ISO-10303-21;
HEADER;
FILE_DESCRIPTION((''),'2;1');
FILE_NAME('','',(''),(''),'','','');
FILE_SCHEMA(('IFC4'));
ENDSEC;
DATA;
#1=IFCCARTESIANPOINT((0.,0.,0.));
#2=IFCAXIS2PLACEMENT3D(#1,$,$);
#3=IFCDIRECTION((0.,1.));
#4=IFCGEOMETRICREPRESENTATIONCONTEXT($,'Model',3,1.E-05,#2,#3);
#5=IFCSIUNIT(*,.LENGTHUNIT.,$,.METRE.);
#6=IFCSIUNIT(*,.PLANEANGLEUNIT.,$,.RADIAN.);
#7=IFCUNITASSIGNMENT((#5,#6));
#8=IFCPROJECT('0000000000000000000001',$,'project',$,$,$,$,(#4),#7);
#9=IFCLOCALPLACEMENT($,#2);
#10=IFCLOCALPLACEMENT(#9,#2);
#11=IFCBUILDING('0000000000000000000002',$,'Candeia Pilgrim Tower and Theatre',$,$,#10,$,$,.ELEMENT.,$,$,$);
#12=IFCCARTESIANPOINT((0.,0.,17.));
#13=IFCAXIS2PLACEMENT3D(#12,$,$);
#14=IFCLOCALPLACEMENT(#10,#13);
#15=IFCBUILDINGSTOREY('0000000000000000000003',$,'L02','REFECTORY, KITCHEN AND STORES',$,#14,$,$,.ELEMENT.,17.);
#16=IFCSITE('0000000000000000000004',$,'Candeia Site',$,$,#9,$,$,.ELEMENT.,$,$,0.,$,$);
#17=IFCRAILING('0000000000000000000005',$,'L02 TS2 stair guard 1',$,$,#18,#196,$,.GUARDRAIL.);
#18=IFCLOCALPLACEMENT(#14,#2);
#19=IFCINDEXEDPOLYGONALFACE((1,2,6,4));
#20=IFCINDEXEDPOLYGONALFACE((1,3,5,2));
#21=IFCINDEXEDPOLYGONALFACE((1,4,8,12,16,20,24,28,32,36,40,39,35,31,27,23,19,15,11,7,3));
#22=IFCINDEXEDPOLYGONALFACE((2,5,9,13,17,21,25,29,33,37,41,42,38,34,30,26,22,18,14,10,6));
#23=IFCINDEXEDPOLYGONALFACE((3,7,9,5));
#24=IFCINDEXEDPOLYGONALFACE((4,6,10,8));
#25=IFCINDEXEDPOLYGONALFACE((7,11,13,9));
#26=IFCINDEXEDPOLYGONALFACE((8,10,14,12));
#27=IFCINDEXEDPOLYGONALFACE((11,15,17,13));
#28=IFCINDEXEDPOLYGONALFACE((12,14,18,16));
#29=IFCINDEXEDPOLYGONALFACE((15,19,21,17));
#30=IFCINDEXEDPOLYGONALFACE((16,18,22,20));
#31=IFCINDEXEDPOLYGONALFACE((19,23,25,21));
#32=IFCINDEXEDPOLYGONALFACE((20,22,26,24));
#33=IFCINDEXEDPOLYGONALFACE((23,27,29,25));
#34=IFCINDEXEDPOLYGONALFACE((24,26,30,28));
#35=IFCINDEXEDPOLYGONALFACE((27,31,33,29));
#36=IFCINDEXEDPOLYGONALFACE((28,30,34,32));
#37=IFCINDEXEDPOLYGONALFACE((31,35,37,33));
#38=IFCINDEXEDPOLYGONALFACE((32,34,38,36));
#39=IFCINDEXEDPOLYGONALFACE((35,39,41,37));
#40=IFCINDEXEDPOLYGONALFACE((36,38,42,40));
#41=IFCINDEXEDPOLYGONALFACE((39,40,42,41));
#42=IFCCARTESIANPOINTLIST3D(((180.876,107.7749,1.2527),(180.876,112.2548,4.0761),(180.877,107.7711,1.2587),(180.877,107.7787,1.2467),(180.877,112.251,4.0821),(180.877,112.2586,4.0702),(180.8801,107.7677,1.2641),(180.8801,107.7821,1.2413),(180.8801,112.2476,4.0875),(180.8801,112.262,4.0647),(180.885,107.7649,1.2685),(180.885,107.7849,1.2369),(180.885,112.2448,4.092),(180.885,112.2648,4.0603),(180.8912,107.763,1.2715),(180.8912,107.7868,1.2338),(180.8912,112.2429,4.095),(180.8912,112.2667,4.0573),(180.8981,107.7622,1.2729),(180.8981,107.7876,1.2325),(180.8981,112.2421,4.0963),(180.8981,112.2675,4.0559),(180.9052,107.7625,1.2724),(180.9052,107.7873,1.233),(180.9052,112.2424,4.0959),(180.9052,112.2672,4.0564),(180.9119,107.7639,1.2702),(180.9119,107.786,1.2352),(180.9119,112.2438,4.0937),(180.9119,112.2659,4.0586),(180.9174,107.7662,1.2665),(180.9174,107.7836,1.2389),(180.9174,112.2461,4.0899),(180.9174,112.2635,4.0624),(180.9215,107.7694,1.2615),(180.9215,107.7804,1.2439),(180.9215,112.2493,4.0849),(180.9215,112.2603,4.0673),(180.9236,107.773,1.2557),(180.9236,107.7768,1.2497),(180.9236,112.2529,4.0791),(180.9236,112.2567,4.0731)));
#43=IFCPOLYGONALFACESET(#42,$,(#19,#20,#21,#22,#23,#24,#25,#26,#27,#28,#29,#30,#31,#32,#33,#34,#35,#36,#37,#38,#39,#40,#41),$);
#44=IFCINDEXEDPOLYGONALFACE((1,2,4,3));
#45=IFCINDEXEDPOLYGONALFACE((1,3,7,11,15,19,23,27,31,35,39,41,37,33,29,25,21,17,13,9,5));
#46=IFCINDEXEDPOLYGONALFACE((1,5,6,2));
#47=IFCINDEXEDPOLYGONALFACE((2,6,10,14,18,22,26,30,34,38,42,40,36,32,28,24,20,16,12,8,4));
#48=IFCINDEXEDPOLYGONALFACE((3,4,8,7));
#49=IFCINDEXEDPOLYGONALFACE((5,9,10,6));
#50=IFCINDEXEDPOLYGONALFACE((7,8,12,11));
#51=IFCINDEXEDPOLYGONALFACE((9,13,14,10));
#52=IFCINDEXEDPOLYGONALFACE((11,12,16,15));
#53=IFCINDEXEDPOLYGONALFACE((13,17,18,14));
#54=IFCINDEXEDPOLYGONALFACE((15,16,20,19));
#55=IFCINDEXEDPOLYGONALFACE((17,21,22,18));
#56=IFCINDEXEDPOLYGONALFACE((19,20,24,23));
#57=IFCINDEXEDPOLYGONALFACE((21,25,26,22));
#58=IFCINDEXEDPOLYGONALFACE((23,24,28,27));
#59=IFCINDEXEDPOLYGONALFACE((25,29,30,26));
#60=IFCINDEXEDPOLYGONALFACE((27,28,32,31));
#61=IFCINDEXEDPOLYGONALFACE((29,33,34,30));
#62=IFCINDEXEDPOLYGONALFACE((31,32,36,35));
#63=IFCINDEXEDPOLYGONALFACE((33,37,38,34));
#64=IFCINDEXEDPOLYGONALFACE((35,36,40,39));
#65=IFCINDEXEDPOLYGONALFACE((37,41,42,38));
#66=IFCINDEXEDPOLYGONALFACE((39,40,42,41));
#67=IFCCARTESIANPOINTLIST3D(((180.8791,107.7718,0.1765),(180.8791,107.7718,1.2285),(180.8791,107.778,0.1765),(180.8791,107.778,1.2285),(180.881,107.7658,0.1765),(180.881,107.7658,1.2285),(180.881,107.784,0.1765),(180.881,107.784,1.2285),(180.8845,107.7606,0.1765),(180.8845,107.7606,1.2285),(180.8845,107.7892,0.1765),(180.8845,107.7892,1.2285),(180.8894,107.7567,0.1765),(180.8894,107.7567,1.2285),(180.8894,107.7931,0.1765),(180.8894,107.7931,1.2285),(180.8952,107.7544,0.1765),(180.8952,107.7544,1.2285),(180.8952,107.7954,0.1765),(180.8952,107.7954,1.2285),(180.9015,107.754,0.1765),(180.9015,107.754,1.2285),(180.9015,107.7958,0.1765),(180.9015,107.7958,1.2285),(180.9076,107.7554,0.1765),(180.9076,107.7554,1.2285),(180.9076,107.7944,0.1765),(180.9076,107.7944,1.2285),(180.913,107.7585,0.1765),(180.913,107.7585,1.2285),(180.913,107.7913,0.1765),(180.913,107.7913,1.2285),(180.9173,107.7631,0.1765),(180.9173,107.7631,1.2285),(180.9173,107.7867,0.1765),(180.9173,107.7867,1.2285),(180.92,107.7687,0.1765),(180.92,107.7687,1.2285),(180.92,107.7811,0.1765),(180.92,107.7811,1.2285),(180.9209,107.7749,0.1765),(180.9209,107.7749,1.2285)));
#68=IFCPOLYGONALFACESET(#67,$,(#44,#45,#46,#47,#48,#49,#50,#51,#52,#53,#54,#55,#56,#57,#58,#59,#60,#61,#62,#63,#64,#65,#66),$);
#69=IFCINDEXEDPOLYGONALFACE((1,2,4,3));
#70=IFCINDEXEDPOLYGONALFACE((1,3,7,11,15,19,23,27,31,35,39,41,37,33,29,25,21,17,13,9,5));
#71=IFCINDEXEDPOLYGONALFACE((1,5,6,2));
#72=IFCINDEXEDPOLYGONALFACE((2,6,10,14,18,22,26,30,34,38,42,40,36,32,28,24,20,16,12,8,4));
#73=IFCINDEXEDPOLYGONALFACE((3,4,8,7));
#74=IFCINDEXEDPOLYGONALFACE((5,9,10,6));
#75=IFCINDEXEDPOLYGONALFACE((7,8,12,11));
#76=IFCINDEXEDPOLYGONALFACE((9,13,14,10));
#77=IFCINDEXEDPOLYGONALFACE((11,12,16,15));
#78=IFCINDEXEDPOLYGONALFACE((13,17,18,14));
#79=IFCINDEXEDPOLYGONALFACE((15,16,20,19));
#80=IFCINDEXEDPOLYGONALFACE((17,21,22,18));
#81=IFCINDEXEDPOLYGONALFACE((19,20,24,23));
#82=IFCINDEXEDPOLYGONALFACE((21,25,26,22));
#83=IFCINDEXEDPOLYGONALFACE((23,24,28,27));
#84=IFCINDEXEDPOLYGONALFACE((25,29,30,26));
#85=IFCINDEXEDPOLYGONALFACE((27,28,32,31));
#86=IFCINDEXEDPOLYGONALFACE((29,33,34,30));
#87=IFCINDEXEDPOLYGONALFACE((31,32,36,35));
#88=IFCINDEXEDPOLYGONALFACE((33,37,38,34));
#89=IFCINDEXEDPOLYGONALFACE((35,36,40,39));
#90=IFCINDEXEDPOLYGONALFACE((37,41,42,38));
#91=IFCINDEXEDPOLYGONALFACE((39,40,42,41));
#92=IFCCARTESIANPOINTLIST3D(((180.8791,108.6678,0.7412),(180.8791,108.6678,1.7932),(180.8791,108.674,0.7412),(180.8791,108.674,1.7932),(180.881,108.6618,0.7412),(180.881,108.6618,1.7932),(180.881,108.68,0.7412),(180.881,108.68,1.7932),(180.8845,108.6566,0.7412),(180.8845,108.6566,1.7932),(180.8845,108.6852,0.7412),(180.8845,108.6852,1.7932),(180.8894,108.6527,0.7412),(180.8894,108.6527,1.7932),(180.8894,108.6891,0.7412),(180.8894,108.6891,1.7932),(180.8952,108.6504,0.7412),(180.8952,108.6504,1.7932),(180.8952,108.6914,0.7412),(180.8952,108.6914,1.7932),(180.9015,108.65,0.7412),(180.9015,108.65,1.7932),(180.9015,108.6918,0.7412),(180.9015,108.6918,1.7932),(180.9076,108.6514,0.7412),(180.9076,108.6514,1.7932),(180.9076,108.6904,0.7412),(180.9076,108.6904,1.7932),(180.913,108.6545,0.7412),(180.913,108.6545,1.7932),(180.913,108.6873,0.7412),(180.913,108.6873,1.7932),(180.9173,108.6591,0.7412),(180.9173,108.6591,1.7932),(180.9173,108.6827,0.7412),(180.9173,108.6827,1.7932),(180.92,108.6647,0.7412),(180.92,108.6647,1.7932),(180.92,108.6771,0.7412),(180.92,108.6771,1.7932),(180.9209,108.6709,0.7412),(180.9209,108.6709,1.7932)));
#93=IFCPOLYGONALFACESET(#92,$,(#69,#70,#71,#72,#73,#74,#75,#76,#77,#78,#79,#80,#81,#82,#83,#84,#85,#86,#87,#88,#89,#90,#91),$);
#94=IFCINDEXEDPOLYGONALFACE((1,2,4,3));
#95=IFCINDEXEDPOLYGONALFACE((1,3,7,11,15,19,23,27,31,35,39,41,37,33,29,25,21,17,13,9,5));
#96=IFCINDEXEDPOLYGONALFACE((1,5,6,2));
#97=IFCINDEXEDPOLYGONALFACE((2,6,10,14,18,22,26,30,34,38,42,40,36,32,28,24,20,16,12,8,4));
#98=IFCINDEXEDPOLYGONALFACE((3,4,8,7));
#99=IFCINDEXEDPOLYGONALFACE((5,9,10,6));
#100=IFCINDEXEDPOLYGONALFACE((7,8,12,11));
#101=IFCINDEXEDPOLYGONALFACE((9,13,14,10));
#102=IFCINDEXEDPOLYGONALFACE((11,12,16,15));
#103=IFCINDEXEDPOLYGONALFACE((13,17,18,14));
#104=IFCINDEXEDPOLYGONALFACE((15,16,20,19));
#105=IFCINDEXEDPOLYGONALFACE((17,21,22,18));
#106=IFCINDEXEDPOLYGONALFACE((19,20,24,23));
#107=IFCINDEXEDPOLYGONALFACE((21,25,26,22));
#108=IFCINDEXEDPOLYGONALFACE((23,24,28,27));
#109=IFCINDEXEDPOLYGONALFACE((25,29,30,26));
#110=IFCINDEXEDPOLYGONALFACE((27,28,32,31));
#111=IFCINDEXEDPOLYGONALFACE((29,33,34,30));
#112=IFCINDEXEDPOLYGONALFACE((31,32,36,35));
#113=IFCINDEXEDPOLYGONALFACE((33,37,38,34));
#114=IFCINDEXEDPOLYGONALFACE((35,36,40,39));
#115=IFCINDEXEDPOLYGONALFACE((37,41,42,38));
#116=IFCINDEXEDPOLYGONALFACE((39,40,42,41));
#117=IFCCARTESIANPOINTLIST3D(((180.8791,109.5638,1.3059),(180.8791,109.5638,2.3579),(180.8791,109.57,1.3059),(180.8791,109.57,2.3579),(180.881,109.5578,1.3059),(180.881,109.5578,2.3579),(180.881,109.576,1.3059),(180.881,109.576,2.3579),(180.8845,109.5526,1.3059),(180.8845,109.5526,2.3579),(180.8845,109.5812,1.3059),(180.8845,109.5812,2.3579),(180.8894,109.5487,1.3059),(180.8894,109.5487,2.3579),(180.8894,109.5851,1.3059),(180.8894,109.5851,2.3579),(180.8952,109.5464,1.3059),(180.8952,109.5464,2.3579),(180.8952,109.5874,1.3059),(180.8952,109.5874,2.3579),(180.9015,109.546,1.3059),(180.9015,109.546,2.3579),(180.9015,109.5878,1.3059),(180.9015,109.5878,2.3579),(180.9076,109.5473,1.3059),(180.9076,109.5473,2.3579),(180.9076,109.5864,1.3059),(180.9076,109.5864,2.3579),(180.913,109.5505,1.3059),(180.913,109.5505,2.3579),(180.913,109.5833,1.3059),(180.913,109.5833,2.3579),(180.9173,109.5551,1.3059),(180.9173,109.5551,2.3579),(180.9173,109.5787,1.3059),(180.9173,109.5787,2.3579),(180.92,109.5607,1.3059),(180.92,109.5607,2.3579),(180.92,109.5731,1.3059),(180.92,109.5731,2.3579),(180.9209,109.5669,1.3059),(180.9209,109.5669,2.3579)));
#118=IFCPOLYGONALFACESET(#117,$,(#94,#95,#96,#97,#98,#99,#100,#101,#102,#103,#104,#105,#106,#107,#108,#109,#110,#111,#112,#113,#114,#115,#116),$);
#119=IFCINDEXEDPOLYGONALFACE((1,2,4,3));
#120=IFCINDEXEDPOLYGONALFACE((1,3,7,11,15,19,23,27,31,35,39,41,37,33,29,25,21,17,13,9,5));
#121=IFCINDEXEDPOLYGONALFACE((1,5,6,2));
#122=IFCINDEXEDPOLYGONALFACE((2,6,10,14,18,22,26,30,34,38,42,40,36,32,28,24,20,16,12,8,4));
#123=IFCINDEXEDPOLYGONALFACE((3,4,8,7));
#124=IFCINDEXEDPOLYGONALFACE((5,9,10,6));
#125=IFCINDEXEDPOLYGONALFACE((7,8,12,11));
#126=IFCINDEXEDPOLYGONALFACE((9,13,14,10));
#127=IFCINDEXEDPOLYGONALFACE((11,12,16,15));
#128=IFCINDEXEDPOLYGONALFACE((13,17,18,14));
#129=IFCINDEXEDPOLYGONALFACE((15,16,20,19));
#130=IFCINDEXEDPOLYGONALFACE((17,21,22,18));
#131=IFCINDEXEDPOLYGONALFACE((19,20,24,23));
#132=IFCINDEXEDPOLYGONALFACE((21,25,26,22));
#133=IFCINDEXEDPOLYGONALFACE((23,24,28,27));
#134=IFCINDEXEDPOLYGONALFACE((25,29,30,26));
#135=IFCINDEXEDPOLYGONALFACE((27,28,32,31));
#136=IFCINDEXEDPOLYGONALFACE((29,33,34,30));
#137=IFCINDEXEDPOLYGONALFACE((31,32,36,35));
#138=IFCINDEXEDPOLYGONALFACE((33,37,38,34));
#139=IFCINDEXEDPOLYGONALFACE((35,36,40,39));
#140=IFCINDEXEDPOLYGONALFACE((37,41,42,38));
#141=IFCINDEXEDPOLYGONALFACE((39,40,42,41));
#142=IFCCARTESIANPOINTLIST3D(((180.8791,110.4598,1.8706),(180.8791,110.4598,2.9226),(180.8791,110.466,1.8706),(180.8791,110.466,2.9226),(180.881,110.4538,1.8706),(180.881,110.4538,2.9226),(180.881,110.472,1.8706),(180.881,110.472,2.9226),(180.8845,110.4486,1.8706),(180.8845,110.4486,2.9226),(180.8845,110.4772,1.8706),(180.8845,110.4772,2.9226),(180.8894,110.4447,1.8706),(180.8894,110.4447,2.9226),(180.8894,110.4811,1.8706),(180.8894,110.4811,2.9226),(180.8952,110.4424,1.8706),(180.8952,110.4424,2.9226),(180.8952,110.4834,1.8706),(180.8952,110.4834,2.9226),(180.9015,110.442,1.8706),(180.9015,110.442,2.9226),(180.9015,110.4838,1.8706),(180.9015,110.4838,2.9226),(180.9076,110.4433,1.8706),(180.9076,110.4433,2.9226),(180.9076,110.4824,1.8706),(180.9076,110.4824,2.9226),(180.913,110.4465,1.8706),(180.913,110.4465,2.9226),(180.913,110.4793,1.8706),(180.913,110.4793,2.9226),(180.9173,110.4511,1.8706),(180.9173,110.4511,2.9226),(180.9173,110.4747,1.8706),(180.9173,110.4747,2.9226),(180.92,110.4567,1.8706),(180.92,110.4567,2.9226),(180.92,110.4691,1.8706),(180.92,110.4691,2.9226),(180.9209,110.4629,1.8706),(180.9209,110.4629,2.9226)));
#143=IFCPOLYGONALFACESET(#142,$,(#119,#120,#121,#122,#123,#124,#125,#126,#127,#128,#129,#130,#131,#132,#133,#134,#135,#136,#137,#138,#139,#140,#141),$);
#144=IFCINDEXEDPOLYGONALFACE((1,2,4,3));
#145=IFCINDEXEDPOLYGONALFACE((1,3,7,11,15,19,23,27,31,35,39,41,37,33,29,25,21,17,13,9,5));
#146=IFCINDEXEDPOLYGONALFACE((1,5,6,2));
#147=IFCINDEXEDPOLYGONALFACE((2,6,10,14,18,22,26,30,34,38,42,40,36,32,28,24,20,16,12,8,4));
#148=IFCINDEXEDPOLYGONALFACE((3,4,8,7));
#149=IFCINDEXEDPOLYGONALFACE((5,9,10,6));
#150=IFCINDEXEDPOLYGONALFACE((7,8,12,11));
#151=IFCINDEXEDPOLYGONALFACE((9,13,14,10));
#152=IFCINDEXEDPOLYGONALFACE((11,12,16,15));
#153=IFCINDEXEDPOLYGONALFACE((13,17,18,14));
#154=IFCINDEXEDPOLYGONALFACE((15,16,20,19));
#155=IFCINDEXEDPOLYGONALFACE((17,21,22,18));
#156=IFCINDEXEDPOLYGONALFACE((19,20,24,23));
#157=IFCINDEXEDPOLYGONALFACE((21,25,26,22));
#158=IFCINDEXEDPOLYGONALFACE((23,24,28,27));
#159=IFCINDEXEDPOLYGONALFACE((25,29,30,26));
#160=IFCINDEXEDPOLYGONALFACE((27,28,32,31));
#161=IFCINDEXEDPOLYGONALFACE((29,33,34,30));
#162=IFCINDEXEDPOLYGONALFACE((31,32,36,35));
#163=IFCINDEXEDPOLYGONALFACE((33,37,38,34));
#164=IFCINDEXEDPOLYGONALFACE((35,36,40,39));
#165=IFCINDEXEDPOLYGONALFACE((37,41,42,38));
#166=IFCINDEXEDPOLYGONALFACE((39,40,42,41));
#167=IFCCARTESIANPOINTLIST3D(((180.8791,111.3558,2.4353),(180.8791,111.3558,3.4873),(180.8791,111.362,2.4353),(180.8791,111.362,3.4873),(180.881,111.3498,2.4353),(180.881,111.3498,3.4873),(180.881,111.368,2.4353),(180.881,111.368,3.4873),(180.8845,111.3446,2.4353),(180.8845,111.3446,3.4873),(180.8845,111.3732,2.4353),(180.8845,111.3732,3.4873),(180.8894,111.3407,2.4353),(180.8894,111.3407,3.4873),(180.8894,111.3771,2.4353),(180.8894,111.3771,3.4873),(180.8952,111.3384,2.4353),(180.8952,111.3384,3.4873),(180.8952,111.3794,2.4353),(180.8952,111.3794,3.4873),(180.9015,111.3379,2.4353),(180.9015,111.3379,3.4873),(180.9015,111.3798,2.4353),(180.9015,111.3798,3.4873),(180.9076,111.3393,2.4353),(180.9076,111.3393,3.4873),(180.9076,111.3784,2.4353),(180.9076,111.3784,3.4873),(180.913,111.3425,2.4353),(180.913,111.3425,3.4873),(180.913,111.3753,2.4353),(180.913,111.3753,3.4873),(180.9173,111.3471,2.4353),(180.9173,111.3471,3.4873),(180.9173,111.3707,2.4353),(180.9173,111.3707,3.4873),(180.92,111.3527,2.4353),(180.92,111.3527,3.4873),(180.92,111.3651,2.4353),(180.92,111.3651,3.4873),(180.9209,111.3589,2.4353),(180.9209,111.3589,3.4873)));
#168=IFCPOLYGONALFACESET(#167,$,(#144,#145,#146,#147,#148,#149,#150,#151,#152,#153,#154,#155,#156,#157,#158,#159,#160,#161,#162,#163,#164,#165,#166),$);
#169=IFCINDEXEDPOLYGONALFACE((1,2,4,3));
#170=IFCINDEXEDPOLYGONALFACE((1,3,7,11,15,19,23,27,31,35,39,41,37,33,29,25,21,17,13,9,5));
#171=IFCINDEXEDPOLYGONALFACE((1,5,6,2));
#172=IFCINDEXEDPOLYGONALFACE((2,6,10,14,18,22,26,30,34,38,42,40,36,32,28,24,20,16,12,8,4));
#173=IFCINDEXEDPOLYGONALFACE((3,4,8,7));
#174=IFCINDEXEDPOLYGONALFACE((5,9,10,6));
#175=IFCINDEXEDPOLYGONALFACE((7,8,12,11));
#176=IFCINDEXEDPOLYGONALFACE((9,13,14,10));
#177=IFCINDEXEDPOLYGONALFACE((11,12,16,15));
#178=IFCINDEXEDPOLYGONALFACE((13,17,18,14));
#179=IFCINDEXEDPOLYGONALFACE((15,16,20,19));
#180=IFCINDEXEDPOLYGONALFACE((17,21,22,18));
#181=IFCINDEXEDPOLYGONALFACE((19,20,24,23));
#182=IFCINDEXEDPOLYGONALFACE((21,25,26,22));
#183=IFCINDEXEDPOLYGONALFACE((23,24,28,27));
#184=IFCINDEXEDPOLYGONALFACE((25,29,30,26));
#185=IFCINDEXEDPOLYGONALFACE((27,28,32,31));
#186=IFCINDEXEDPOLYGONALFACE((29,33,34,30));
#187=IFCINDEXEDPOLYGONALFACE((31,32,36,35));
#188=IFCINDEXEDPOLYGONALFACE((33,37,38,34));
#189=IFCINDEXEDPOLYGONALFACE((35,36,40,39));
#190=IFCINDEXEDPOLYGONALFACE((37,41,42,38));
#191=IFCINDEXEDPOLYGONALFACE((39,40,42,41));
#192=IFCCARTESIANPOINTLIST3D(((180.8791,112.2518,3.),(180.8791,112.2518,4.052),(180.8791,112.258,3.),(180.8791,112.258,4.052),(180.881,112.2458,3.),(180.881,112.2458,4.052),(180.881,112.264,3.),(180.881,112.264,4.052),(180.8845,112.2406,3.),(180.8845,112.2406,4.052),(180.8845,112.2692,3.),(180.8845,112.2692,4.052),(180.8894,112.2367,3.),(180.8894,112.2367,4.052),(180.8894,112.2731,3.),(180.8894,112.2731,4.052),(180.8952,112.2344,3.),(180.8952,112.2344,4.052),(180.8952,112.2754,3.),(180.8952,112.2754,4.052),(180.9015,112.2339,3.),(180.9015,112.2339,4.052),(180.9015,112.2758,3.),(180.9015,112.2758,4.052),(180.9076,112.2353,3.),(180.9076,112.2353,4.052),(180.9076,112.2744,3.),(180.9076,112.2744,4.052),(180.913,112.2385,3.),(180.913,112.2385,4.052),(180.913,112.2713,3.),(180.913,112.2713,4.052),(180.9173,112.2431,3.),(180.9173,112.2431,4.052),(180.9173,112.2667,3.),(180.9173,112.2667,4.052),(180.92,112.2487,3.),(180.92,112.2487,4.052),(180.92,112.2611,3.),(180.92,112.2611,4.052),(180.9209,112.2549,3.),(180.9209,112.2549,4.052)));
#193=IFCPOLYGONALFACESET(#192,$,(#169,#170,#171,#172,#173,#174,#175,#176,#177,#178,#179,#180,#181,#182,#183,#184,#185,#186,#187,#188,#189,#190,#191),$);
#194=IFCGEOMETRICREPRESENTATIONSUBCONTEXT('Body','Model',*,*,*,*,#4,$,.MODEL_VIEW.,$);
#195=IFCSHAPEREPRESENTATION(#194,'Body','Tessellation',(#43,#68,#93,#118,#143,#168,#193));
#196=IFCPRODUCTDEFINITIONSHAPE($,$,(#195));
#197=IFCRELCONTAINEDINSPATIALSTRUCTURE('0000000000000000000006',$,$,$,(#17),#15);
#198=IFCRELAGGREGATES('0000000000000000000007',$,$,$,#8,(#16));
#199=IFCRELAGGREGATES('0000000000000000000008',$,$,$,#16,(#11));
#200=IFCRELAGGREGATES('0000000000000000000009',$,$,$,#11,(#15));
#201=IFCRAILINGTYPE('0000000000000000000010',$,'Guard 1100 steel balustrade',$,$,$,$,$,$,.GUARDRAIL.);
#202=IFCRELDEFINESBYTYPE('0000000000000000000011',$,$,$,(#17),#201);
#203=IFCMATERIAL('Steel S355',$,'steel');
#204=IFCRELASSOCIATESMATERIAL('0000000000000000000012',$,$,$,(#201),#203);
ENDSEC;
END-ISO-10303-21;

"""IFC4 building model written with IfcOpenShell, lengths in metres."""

from ifc_helpers import new_model, si_unit, direction, frame, origin, origin_2d, place, context, subcontext, project, spatial, circle, extrude, material, type_object, element, save


model = new_model("IFC4")

# Units and contexts
model_context = context("Model", 3, precision=1e-05, world=origin(), true_north=direction((0.0, 1.0)))
body_context = subcontext(model_context, "Body", "Model", "MODEL_VIEW")
ifc_project = project(units=[si_unit("LENGTHUNIT", "METRE"), si_unit("PLANEANGLEUNIT", "RADIAN")], contexts=[model_context])

# Site, building, storey
site_placement = place(None, origin())
site = spatial("IfcSite", under=ifc_project, at=site_placement, Name="Candeia Site", CompositionType="ELEMENT", RefElevation=0.0)
building_placement = place(site_placement, origin())
building = spatial("IfcBuilding", under=site, at=building_placement, Name="Candeia Pilgrim Tower and Theatre", CompositionType="ELEMENT")
storey_placement = place(building_placement, frame((0.0, 0.0, 17.0)))
storey = spatial("IfcBuildingStorey", under=building, at=storey_placement, Name="L02", Description="REFECTORY, KITCHEN AND STORES", CompositionType="ELEMENT", Elevation=17.0)

# Railing
ifc_material_1 = material(Name="Steel S355", Category="steel")
railing_type_1 = type_object("IfcRailingType", Name="Guard 1100 steel balustrade", PredefinedType="GUARDRAIL", material=ifc_material_1)
railing_1_placement = place(storey_placement, frame((180.8999, 107.7749, 0.1765)))
element("IfcRailing", 1, at=railing_1_placement, inside=storey, type_object=railing_type_1, Name="L02 TS2 stair guard 1", PredefinedType="GUARDRAIL", context=body_context, shape_type="SweptSolid", body=[
    extrude(circle(Radius=0.0239, at=origin_2d()), frame((0.0, 0.0, 1.0762), z_axis=(0.0, 0.845998, 0.533186), x_axis=(-1.0, 0.0, 0.0)), (0.0, 0.0, 1.0), 5.2954),
    extrude(circle(Radius=0.021, at=origin_2d()), origin(), (0.0, 0.0, 1.0), 1.052),
    extrude(circle(Radius=0.021, at=origin_2d()), frame((0.0, 0.896, 0.5647)), (0.0, 0.0, 1.0), 1.052),
    extrude(circle(Radius=0.021, at=origin_2d()), frame((0.0, 1.792, 1.1294)), (0.0, 0.0, 1.0), 1.052),
    extrude(circle(Radius=0.021, at=origin_2d()), frame((0.0, 2.688, 1.6941)), (0.0, 0.0, 1.0), 1.052),
    extrude(circle(Radius=0.021, at=origin_2d()), frame((0.0, 3.584, 2.2588)), (0.0, 0.0, 1.0), 1.052),
    extrude(circle(Radius=0.021, at=origin_2d()), frame((0.0, 4.48, 2.8235)), (0.0, 0.0, 1.0), 1.052),
])

save(model, "model.ifc")
